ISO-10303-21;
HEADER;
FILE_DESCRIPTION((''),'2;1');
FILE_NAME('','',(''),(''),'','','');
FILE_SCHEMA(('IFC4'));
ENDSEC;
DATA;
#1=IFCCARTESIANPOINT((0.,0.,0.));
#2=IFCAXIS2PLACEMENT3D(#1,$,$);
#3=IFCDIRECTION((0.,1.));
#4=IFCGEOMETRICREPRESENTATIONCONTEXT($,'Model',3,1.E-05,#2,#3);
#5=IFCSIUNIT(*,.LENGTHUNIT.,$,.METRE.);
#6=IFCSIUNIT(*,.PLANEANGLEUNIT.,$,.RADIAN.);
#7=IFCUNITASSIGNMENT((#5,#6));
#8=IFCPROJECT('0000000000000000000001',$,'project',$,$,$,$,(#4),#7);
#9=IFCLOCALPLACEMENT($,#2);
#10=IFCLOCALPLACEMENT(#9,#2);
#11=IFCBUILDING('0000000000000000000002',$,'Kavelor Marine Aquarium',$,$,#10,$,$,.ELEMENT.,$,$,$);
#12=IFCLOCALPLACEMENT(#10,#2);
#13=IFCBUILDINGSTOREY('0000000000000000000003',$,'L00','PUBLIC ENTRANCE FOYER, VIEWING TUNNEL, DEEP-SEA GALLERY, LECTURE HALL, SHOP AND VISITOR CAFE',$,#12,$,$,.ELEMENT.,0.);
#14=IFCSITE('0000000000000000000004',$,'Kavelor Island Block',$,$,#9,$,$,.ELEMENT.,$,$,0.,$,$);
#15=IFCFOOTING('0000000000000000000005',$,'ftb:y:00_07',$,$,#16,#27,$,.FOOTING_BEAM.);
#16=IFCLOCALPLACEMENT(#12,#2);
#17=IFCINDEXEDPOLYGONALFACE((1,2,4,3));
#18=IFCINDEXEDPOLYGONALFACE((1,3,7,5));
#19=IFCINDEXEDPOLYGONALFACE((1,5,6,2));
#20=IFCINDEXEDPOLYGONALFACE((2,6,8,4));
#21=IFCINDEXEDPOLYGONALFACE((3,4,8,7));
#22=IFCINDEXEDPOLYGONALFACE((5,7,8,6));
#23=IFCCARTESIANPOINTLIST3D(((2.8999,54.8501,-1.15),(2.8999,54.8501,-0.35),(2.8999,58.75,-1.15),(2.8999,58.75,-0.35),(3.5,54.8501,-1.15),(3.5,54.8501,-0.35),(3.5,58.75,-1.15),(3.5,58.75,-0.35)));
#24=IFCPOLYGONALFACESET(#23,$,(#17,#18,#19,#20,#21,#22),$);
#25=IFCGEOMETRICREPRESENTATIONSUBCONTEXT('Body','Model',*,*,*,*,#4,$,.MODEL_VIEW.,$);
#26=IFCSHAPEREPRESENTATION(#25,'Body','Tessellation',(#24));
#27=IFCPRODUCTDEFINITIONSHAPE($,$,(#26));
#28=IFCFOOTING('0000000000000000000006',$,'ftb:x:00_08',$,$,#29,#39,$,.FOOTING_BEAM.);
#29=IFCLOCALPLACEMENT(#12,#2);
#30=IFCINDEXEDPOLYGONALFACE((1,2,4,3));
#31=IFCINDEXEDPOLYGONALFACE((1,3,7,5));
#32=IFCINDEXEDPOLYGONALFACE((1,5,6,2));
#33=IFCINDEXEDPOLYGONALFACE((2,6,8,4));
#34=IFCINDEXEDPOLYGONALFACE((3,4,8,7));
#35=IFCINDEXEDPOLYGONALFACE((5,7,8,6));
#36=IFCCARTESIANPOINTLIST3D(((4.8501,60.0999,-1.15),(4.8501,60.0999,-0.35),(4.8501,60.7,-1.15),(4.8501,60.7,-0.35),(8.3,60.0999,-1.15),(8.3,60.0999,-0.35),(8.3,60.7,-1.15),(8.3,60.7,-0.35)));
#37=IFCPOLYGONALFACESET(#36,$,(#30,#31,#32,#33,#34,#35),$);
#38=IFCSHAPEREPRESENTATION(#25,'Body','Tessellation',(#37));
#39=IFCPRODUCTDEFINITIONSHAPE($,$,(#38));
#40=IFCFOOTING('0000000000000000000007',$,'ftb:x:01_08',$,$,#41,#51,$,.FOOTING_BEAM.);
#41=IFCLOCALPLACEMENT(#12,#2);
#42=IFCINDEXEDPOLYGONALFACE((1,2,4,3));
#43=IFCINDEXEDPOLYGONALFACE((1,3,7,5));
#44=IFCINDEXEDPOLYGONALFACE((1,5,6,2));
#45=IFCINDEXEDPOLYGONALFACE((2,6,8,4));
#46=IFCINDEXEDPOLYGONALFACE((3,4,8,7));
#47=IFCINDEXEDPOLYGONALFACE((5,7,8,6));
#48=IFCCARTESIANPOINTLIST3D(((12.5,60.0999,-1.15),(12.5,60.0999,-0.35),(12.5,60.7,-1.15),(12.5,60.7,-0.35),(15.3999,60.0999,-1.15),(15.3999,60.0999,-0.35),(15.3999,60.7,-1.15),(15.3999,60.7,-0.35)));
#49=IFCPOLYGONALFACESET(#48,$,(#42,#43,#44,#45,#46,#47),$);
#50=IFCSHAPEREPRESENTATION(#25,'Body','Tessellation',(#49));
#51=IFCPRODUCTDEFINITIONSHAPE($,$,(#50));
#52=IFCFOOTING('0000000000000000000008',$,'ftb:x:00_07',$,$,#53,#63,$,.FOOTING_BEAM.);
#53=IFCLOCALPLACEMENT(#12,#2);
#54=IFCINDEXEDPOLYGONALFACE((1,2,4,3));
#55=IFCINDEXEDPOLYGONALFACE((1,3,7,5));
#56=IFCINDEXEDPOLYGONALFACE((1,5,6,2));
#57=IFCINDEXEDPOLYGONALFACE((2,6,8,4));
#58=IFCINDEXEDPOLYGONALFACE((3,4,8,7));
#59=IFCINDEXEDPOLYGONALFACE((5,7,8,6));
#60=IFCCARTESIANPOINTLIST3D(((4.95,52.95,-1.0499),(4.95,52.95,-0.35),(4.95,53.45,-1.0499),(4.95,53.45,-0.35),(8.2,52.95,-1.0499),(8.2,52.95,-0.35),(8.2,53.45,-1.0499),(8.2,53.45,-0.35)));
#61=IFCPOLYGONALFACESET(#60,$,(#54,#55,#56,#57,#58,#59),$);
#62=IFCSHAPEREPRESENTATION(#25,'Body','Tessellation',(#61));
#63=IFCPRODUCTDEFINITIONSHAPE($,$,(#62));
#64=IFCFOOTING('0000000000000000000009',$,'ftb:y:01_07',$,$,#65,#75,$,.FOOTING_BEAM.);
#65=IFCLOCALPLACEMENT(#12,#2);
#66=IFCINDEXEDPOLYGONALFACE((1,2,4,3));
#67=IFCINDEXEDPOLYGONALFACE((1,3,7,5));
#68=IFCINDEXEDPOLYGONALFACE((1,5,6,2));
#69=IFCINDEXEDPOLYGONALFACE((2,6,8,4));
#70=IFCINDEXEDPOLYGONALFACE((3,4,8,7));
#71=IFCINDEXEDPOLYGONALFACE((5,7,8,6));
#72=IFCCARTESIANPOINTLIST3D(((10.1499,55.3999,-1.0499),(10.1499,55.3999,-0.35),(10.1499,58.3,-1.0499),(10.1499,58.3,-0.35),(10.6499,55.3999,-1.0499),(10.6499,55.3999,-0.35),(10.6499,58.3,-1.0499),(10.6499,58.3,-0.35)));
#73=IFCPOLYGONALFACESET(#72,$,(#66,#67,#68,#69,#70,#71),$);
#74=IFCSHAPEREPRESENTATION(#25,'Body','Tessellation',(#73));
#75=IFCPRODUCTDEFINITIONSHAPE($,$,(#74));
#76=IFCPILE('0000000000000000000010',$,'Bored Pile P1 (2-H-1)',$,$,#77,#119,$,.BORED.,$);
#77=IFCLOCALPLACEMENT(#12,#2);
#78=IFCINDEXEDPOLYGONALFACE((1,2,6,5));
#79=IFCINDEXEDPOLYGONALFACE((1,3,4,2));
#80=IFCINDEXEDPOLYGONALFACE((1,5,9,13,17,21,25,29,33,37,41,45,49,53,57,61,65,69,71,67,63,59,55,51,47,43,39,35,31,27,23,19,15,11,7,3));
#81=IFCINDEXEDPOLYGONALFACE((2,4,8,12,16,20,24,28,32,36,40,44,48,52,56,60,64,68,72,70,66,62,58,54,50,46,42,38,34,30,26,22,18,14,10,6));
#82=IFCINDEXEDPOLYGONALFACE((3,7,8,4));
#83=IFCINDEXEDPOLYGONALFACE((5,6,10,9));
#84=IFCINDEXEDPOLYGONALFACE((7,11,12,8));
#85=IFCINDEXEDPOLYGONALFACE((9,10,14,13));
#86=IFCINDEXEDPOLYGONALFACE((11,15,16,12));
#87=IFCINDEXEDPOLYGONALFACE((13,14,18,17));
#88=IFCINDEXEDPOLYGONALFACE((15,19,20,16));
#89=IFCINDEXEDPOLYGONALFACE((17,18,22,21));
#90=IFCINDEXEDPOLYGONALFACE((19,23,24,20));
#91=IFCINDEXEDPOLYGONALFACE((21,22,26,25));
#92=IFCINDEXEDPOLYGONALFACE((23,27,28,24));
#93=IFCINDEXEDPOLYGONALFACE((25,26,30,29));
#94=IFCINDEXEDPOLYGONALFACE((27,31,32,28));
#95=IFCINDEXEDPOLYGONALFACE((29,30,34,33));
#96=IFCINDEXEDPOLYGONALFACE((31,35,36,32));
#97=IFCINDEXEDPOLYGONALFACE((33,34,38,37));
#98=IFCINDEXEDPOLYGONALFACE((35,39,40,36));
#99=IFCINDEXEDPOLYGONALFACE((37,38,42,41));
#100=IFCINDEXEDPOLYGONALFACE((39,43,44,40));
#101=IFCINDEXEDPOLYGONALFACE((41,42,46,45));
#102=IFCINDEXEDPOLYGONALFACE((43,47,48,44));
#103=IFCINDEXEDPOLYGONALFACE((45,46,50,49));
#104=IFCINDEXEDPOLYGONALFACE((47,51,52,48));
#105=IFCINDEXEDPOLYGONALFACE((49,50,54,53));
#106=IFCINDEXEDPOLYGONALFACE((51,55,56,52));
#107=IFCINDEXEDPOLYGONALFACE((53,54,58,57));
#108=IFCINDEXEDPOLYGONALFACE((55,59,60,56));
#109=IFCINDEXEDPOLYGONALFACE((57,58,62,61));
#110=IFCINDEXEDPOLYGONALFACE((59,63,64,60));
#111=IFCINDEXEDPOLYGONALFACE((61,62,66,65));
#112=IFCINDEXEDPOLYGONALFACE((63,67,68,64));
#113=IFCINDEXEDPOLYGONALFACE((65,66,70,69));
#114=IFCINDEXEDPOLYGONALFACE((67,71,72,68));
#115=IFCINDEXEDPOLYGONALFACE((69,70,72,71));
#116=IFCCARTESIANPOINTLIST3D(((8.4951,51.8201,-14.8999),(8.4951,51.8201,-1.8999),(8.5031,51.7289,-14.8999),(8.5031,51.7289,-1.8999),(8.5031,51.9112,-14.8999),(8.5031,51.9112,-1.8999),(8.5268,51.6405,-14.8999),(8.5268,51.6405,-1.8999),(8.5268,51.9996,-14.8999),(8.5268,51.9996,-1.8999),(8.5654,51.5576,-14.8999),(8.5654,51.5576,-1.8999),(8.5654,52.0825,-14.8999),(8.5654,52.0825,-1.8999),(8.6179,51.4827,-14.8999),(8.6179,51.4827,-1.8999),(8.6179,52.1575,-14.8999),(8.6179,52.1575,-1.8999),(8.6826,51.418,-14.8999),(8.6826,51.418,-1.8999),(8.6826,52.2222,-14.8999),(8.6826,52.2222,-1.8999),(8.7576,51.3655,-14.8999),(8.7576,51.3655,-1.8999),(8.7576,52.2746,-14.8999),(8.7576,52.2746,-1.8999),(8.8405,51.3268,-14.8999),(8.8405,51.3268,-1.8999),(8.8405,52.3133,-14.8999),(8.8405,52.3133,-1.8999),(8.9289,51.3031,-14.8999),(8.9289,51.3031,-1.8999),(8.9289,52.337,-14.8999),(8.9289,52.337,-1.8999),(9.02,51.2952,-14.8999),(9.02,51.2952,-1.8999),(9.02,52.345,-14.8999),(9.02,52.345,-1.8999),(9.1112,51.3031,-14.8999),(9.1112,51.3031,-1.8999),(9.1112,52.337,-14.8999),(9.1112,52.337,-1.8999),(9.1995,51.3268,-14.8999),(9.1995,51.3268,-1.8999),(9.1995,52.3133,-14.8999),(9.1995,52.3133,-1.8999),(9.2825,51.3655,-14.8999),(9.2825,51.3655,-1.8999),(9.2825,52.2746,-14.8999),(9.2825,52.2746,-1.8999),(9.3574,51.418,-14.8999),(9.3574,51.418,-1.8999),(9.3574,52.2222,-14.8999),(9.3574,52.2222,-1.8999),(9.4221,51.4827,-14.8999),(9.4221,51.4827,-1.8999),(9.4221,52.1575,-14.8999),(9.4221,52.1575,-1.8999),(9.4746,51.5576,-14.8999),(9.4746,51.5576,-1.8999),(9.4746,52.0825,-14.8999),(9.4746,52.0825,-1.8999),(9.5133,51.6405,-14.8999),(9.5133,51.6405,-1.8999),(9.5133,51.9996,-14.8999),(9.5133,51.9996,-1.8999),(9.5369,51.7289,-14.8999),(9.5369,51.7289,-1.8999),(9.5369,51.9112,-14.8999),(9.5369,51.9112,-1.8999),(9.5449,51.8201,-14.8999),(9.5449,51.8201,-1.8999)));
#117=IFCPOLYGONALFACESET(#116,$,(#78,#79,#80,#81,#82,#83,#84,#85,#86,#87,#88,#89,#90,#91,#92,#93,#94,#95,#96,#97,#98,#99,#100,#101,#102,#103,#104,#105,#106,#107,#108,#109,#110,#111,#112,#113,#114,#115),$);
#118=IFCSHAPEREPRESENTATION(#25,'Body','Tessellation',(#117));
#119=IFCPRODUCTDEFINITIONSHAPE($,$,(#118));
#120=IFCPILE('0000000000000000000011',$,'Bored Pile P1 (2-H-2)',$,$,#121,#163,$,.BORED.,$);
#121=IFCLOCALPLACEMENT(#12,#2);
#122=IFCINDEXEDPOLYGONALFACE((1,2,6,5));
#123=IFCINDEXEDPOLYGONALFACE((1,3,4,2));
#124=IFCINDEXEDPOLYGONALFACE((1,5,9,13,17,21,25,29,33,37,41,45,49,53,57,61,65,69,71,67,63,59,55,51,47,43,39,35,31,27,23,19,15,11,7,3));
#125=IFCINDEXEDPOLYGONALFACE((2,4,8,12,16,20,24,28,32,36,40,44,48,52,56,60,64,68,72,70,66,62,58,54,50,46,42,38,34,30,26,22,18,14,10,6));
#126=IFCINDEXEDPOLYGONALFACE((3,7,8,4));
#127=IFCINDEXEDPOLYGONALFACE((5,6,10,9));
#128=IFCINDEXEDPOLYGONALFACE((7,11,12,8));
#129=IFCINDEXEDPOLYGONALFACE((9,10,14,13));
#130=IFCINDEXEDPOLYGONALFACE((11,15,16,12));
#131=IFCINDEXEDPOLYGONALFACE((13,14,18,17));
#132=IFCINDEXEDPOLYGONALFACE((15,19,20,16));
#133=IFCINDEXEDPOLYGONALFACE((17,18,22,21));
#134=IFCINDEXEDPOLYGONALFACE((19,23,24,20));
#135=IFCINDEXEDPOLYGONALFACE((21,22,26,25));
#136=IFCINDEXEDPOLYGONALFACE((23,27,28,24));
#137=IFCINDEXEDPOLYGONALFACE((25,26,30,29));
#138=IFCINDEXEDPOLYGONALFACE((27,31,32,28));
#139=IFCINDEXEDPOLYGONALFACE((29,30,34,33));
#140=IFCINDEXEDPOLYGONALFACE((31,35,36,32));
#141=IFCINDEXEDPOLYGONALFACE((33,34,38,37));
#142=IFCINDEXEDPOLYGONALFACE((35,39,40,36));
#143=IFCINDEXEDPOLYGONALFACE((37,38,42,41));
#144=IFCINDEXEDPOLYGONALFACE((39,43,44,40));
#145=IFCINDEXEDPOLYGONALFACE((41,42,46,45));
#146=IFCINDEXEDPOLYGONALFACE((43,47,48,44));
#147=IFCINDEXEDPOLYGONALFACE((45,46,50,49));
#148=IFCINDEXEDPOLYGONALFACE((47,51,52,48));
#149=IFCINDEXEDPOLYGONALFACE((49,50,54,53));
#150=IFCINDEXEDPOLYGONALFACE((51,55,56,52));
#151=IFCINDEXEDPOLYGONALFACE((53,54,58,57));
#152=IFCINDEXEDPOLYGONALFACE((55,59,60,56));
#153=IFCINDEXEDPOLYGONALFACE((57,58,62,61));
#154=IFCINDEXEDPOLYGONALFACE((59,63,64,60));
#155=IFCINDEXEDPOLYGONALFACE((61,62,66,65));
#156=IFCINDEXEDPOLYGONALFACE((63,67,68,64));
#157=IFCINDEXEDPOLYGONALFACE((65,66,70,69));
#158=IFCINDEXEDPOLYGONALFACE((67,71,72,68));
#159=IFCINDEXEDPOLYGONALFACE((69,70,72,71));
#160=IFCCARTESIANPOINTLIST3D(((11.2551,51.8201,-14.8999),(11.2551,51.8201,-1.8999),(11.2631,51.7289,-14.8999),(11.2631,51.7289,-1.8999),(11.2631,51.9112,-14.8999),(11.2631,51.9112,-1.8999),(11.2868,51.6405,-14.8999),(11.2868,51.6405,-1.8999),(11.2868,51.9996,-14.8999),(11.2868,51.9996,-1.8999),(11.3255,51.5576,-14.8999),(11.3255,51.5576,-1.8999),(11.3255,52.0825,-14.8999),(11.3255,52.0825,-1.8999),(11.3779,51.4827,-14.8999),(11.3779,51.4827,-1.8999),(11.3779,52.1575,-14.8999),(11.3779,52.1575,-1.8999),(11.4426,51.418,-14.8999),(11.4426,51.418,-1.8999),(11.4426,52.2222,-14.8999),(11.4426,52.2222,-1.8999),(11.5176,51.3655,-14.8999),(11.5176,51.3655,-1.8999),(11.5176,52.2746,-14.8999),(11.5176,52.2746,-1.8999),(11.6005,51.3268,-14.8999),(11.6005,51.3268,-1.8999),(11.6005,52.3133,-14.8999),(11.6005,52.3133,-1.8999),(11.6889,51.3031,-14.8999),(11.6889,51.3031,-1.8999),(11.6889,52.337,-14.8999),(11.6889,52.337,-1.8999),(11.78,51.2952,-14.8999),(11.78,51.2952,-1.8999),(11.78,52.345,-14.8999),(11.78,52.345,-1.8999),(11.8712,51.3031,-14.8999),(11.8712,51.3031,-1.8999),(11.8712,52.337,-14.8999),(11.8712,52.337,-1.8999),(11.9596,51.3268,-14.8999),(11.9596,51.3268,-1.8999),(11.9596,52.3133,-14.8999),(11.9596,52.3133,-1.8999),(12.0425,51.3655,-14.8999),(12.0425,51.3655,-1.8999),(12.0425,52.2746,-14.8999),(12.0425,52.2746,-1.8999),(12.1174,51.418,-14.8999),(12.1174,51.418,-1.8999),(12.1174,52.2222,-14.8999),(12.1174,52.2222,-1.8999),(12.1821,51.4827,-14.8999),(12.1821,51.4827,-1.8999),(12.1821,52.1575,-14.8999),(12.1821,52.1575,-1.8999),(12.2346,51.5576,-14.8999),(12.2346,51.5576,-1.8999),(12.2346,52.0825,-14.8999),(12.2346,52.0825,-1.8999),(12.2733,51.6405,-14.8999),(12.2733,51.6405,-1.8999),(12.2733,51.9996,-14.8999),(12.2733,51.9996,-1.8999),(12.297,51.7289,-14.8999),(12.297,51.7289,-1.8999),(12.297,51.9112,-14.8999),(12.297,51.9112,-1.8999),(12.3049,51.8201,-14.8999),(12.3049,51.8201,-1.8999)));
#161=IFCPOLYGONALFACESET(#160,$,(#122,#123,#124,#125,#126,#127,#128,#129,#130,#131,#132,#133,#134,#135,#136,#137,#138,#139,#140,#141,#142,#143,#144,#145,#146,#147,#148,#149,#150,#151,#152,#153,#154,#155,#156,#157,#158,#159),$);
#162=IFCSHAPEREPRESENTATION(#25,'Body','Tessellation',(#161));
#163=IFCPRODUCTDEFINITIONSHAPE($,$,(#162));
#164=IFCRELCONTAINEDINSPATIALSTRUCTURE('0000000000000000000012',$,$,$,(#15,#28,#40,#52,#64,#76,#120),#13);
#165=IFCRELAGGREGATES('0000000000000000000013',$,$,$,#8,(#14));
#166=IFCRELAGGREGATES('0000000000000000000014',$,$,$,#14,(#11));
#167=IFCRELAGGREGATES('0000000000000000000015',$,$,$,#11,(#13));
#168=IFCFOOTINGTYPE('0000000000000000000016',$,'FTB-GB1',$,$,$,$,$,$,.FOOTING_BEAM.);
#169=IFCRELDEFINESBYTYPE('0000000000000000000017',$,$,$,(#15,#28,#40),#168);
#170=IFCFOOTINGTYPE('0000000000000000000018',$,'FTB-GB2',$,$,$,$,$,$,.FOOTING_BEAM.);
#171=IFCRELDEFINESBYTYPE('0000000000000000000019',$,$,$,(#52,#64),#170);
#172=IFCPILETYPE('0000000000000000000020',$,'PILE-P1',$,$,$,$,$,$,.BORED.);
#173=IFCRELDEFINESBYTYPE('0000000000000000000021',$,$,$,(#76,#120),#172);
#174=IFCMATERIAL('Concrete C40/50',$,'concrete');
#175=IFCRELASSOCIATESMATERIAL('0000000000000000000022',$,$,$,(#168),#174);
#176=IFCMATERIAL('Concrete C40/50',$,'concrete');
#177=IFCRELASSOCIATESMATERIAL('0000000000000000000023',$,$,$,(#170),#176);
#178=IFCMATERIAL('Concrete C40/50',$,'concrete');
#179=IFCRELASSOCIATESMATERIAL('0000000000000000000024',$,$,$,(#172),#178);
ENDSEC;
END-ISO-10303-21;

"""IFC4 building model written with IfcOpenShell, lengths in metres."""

from ifc_helpers import new_model, si_unit, direction, frame, origin, origin_2d, place, context, subcontext, project, spatial, rectangle, circle, extrude, material, material_profile, profile_set, type_object, element, save


model = new_model("IFC4")

# Units and contexts
model_context = context("Model", 3, precision=1e-05, world=origin(), true_north=direction((0.0, 1.0)))
body_context = subcontext(model_context, "Body", "Model", "MODEL_VIEW")
ifc_project = project(units=[si_unit("LENGTHUNIT", "METRE"), si_unit("PLANEANGLEUNIT", "RADIAN")], contexts=[model_context])

# Site, building, storey
site_placement = place(None, origin())
site = spatial("IfcSite", under=ifc_project, at=site_placement, Name="Kavelor Island Block", CompositionType="ELEMENT", RefElevation=0.0)
building_placement = place(site_placement, origin())
building = spatial("IfcBuilding", under=site, at=building_placement, Name="Kavelor Marine Aquarium", CompositionType="ELEMENT")
storey_placement = place(building_placement, origin())
storey = spatial("IfcBuildingStorey", under=building, at=storey_placement, Name="L00", Description="PUBLIC ENTRANCE FOYER, VIEWING TUNNEL, DEEP-SEA GALLERY, LECTURE HALL, SHOP AND VISITOR CAFE", CompositionType="ELEMENT", Elevation=0.0)

# Footings
ifc_material_1 = material(Name="Concrete C40/50", Category="concrete")
ifc_material_profile_1 = material_profile(ifc_material_1, rectangle(XDim=0.6001, YDim=0.8, at=origin_2d()), Name="GB 600x800")
ifc_profile_set_1 = profile_set([ifc_material_profile_1], Name="Concrete C40/50")
footing_type_1 = type_object("IfcFootingType", Name="FTB-GB1", PredefinedType="FOOTING_BEAM", material=ifc_profile_set_1)
footing_1_placement = place(storey_placement, frame((3.2, 54.8501, -0.75), z_axis=(0.0, 1.0, 0.0), x_axis=(-1.0, 0.0, 0.0)))
element("IfcFooting", 1, at=footing_1_placement, inside=storey, type_object=footing_type_1, Name="ftb:y:00_07", PredefinedType="FOOTING_BEAM", context=body_context, shape_type="SweptSolid", body=[
    extrude(rectangle(XDim=0.6001, YDim=0.8, at=origin_2d()), origin(), (0.0, 0.0, 1.0), 3.8999),
])
footing_2_placement = place(storey_placement, frame((4.8501, 60.3999, -0.75), z_axis=(1.0, 0.0, 0.0), x_axis=(0.0, 1.0, 0.0)))
element("IfcFooting", 2, at=footing_2_placement, inside=storey, type_object=footing_type_1, Name="ftb:x:00_08", PredefinedType="FOOTING_BEAM", context=body_context, shape_type="SweptSolid", body=[
    extrude(rectangle(XDim=0.6001, YDim=0.8, at=origin_2d()), origin(), (0.0, 0.0, 1.0), 3.45),
])
footing_3_placement = place(storey_placement, frame((12.5, 60.3999, -0.75), z_axis=(1.0, 0.0, 0.0), x_axis=(0.0, 1.0, 0.0)))
element("IfcFooting", 3, at=footing_3_placement, inside=storey, type_object=footing_type_1, Name="ftb:x:01_08", PredefinedType="FOOTING_BEAM", context=body_context, shape_type="SweptSolid", body=[
    extrude(rectangle(XDim=0.6001, YDim=0.8, at=origin_2d()), origin(), (0.0, 0.0, 1.0), 2.8999),
])
ifc_material_2 = material(Name="Concrete C40/50", Category="concrete")
ifc_material_profile_2 = material_profile(ifc_material_2, rectangle(XDim=0.5, YDim=0.7, at=origin_2d()), Name="GB 500x700")
ifc_profile_set_2 = profile_set([ifc_material_profile_2], Name="Concrete C40/50")
footing_type_2 = type_object("IfcFootingType", Name="FTB-GB2", PredefinedType="FOOTING_BEAM", material=ifc_profile_set_2)
footing_4_placement = place(storey_placement, frame((4.95, 53.2, -0.7), z_axis=(1.0, 0.0, 0.0), x_axis=(0.0, 1.0, 0.0)))
element("IfcFooting", 4, at=footing_4_placement, inside=storey, type_object=footing_type_2, Name="ftb:x:00_07", PredefinedType="FOOTING_BEAM", context=body_context, shape_type="SweptSolid", body=[
    extrude(rectangle(XDim=0.5, YDim=0.7, at=origin_2d()), origin(), (0.0, 0.0, 1.0), 3.25),
])
footing_5_placement = place(storey_placement, frame((10.3999, 55.3999, -0.7), z_axis=(0.0, 1.0, 0.0), x_axis=(-1.0, 0.0, 0.0)))
element("IfcFooting", 5, at=footing_5_placement, inside=storey, type_object=footing_type_2, Name="ftb:y:01_07", PredefinedType="FOOTING_BEAM", context=body_context, shape_type="SweptSolid", body=[
    extrude(rectangle(XDim=0.5, YDim=0.7, at=origin_2d()), origin(), (0.0, 0.0, 1.0), 2.9001),
])

# Piles
ifc_material_3 = material(Name="Concrete C40/50", Category="concrete")
ifc_material_profile_3 = material_profile(ifc_material_3, circle(Radius=0.5249, at=origin_2d()), Name="PILE D1050")
ifc_profile_set_3 = profile_set([ifc_material_profile_3], Name="Concrete C40/50")
pile_type_1 = type_object("IfcPileType", Name="PILE-P1", PredefinedType="BORED", material=ifc_profile_set_3)
for number, where, z_axis, x_axis, name in (
    (6, (9.02, 51.8201, -1.8999), (0.0, 0.0, -1.0), (1.0, 0.0, 0.0), "Bored Pile P1 (2-H-1)"),
    (7, (11.78, 51.8201, -1.8999), (0.0, 0.0, -1.0), (1.0, 0.0, 0.0), "Bored Pile P1 (2-H-2)"),
):
    element("IfcPile", number, at=place(storey_placement, frame(where, z_axis=z_axis, x_axis=x_axis)), inside=storey, type_object=pile_type_1, Name=name, PredefinedType="BORED", context=body_context, shape_type="SweptSolid", body=[
        extrude(circle(Radius=0.5249, at=origin_2d()), origin(), (0.0, 0.0, 1.0), 13.0),
    ])

save(model, "model.ifc")
